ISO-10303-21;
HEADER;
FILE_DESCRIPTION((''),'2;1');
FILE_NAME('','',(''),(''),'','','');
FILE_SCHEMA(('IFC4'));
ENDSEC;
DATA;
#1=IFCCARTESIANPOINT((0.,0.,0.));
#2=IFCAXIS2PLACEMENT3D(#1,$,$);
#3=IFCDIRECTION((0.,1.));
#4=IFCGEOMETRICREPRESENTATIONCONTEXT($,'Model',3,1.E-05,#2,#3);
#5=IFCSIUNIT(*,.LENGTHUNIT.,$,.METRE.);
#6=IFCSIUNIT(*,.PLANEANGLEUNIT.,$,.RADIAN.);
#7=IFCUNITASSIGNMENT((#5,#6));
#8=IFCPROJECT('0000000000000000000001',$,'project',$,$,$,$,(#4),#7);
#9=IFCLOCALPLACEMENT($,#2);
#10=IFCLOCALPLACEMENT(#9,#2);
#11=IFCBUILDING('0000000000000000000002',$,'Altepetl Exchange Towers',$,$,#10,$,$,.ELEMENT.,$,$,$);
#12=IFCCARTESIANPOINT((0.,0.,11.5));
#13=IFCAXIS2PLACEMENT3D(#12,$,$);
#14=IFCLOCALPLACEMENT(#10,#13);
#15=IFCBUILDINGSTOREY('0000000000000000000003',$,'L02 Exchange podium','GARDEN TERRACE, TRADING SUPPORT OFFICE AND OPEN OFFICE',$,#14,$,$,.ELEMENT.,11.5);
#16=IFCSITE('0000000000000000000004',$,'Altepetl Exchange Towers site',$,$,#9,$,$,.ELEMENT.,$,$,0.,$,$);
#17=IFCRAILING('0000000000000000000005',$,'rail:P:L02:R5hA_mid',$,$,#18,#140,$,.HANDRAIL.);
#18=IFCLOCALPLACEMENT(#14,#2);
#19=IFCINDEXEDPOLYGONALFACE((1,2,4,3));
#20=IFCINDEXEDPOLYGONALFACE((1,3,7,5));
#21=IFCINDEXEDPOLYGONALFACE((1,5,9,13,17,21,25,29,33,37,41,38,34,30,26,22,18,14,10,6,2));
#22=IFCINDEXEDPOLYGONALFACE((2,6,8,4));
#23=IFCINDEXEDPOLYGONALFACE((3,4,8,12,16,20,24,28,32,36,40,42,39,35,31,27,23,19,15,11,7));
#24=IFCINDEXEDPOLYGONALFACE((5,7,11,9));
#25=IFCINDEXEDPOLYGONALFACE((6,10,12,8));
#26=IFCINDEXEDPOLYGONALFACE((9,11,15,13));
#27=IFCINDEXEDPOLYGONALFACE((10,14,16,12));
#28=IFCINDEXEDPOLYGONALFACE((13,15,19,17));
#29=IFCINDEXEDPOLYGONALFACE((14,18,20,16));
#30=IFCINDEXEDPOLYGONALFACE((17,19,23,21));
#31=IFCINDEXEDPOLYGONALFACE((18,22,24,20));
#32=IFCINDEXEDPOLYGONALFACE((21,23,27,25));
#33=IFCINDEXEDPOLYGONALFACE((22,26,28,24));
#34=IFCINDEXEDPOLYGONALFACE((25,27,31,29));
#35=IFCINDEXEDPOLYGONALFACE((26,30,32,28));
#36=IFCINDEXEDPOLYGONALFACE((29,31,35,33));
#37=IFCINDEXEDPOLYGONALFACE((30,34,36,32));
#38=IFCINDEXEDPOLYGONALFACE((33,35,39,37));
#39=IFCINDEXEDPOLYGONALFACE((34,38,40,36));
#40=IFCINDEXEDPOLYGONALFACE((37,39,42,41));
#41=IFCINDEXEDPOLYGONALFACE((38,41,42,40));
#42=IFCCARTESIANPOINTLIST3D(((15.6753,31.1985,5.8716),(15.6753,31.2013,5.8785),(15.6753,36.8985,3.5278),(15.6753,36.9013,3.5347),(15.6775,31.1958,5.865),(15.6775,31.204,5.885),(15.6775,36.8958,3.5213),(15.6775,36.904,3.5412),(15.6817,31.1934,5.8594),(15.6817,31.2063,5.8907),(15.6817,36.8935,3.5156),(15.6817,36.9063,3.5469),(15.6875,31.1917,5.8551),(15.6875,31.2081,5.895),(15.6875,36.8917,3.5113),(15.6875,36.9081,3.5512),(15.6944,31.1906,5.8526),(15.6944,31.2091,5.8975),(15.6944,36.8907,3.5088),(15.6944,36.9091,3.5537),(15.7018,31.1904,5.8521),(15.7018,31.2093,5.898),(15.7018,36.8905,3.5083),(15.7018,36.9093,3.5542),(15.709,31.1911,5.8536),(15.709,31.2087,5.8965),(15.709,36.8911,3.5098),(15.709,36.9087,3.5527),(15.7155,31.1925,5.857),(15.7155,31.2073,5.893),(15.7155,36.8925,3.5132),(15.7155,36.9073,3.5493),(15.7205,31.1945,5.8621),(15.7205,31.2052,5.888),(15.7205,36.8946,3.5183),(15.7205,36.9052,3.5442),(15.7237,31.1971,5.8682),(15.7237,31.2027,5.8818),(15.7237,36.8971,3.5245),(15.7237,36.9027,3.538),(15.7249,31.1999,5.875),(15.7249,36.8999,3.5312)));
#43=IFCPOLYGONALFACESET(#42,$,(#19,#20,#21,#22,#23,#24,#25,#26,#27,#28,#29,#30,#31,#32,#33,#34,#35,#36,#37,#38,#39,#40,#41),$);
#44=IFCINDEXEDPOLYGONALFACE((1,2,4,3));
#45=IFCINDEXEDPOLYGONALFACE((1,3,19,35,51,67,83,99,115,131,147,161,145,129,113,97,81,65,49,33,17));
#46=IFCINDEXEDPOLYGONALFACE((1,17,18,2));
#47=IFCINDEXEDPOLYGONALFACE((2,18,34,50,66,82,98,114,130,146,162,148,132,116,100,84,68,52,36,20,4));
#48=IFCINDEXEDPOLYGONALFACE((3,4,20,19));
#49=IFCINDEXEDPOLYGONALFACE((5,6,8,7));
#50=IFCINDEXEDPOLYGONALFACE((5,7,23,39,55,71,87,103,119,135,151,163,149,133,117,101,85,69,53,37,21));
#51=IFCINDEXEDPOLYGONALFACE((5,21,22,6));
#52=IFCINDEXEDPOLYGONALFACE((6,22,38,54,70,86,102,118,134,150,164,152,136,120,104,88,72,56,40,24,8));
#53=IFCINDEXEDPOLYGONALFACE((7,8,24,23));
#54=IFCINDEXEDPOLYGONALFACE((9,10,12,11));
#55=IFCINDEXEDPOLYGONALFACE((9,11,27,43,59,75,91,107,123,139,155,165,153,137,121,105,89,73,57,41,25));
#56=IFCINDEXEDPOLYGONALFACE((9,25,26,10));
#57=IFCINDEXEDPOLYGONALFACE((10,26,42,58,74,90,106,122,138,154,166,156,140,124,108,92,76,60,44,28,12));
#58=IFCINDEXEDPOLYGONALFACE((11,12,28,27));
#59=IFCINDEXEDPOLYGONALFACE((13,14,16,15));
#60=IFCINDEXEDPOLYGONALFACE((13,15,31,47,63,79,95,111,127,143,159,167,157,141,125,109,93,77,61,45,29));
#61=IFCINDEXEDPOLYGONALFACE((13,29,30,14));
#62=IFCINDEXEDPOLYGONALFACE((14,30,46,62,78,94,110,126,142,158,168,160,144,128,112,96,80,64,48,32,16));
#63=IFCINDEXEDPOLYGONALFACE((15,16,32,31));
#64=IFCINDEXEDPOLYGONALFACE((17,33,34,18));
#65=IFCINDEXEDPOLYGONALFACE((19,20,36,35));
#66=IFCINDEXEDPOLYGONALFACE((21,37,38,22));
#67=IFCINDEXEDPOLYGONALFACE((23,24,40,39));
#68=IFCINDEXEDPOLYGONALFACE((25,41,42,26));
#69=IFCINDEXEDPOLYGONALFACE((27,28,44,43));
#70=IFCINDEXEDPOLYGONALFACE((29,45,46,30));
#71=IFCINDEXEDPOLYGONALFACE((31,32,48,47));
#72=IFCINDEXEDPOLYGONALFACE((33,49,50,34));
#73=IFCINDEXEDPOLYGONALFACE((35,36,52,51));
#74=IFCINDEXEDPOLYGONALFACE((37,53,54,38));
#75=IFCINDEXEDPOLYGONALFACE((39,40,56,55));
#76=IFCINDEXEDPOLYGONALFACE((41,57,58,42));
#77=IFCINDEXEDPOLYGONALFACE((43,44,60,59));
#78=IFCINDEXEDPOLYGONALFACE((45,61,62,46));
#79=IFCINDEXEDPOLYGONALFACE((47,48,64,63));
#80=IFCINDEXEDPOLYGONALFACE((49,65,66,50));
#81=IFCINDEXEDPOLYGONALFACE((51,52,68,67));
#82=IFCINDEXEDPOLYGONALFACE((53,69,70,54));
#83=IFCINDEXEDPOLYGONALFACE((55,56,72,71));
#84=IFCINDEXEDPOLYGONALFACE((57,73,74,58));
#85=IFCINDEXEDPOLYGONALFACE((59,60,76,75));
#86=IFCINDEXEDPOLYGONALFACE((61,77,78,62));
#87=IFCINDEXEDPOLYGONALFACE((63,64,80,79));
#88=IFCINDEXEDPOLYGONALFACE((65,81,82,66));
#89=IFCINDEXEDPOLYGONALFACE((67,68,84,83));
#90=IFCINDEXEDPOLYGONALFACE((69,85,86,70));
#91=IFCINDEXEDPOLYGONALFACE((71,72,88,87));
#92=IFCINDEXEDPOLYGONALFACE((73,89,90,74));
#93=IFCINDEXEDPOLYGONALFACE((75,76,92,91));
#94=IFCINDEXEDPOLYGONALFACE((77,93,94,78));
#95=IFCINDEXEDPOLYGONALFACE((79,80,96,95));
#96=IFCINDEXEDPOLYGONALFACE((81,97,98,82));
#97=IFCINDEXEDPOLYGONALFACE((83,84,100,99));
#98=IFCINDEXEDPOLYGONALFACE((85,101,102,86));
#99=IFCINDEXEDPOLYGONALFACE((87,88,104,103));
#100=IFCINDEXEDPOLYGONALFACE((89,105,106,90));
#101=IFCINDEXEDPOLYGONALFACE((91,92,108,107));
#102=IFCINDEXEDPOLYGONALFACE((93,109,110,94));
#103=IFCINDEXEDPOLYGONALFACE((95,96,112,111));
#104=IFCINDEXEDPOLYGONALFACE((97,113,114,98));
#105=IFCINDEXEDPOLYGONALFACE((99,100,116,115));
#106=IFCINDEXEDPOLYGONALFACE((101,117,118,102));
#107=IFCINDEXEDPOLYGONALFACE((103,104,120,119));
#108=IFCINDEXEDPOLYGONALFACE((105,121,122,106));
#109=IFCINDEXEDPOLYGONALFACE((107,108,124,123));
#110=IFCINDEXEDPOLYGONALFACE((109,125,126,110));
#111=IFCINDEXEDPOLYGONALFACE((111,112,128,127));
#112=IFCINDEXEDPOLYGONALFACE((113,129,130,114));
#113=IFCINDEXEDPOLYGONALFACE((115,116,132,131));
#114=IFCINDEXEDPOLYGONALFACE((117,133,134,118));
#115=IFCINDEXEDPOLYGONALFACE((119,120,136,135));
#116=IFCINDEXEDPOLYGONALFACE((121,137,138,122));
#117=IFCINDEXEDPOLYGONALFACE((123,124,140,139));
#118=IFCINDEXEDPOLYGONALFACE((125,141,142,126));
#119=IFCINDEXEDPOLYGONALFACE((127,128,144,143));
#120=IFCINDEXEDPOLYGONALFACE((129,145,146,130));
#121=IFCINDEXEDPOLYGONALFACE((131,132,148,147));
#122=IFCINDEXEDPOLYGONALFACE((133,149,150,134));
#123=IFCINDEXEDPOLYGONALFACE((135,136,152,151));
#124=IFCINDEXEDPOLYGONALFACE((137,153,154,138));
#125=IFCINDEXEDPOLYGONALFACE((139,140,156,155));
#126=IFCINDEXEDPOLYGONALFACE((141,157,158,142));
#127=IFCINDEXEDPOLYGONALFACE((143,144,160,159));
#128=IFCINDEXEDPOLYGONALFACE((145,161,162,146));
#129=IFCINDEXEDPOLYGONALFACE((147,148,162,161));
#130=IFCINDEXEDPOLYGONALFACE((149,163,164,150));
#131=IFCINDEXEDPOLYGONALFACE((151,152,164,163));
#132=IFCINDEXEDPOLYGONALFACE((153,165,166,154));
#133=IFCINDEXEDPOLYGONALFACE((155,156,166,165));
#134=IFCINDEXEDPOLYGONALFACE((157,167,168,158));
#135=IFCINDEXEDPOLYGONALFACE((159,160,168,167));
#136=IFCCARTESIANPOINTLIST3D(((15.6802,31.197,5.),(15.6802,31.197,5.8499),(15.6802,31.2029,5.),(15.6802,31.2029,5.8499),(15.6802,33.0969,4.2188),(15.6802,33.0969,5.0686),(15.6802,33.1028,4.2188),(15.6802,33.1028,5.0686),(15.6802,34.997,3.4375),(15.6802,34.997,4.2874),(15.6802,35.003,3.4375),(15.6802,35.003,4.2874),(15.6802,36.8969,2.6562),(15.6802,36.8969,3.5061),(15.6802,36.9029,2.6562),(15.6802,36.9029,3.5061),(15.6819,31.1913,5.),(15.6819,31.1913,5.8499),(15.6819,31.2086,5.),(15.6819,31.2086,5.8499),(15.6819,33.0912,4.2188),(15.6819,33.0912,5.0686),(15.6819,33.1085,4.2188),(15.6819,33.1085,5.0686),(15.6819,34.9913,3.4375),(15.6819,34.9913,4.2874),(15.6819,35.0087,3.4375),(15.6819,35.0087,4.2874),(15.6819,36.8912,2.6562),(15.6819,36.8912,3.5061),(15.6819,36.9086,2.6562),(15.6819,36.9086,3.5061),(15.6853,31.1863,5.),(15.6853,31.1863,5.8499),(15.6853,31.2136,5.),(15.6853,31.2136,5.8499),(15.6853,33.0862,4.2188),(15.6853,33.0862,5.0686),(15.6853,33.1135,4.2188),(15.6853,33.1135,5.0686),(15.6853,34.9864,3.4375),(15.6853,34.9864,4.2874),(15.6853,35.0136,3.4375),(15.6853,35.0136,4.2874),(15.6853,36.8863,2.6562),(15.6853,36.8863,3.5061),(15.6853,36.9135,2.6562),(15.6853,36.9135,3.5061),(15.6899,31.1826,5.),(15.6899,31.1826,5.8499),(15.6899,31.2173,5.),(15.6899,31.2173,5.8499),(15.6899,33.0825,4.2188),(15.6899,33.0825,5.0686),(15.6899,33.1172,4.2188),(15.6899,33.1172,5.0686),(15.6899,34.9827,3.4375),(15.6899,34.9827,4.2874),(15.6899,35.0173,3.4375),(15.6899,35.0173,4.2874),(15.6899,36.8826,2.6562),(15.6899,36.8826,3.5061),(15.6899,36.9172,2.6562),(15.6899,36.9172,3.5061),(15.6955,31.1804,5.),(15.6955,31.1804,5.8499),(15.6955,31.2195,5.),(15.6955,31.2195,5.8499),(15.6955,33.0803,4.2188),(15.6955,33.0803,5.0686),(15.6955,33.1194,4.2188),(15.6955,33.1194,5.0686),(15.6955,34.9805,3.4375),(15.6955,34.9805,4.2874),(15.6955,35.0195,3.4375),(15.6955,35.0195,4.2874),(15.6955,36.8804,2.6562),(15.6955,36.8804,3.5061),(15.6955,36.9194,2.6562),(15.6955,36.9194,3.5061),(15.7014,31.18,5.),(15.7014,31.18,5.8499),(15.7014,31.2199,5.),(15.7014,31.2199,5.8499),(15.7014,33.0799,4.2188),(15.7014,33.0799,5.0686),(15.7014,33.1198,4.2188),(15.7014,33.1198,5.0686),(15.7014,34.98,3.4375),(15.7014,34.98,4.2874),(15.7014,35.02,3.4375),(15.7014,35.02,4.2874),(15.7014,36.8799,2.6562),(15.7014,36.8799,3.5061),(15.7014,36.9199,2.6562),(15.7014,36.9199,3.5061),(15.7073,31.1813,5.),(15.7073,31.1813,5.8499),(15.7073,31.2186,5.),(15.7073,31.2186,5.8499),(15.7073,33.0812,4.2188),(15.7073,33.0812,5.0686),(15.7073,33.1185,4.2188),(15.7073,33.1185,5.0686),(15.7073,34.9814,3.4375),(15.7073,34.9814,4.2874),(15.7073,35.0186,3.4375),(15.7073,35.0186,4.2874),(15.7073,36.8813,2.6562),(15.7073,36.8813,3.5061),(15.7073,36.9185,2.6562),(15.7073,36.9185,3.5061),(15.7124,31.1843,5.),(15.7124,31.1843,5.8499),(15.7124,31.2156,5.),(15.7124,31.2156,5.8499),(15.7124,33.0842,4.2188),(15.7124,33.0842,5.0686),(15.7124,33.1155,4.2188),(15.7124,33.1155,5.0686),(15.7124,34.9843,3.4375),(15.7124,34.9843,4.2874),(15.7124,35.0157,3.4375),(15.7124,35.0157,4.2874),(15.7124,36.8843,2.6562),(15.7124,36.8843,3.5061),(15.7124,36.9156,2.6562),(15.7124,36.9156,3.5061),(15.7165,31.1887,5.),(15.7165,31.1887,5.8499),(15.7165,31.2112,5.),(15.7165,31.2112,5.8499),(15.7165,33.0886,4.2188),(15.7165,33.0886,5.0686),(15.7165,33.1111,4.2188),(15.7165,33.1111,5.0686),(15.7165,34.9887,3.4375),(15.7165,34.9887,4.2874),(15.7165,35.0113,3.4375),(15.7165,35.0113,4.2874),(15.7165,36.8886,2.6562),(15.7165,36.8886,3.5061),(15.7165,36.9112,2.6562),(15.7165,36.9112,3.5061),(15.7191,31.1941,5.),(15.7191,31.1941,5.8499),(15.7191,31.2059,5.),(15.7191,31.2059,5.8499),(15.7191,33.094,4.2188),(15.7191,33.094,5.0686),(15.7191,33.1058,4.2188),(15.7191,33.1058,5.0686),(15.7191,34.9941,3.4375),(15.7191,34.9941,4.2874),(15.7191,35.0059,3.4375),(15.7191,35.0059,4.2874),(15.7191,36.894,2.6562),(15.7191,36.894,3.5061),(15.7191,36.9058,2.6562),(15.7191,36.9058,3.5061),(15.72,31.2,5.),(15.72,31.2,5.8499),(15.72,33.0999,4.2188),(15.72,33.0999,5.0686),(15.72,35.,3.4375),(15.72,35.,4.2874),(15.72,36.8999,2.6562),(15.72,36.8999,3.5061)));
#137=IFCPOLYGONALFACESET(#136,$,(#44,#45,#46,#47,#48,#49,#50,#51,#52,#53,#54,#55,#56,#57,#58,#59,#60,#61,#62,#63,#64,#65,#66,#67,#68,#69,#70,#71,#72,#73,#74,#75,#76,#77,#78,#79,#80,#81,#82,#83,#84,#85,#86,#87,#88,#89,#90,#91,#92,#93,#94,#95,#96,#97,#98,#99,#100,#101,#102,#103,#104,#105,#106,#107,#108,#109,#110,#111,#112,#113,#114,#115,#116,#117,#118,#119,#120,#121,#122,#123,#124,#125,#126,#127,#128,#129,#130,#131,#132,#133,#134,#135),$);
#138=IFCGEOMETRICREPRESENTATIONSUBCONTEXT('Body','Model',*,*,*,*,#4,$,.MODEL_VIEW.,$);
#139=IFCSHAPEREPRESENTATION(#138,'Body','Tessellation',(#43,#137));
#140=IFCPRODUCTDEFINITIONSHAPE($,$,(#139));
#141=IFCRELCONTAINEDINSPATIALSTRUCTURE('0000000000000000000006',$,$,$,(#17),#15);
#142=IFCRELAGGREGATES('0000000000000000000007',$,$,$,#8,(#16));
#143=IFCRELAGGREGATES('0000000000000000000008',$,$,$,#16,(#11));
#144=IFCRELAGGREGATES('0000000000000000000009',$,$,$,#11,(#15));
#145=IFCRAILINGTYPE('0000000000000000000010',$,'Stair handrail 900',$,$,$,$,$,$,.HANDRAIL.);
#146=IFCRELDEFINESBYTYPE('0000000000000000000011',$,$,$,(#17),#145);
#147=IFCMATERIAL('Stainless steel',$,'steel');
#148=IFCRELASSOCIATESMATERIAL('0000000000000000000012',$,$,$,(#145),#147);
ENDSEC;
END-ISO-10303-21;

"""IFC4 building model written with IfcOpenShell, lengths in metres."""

from ifc_helpers import new_model, si_unit, direction, frame, origin, origin_2d, place, context, subcontext, project, spatial, circle, extrude, source, transform, mapped, material, type_object, element, save


model = new_model("IFC4")

# Units and contexts
model_context = context("Model", 3, precision=1e-05, world=origin(), true_north=direction((0.0, 1.0)))
body_context = subcontext(model_context, "Body", "Model", "MODEL_VIEW")
ifc_project = project(units=[si_unit("LENGTHUNIT", "METRE"), si_unit("PLANEANGLEUNIT", "RADIAN")], contexts=[model_context])

# Site, building, storey
site_placement = place(None, origin())
site = spatial("IfcSite", under=ifc_project, at=site_placement, Name="Altepetl Exchange Towers site", CompositionType="ELEMENT", RefElevation=0.0)
building_placement = place(site_placement, origin())
building = spatial("IfcBuilding", under=site, at=building_placement, Name="Altepetl Exchange Towers", CompositionType="ELEMENT")
storey_placement = place(building_placement, frame((0.0, 0.0, 11.5)))
storey = spatial("IfcBuildingStorey", under=building, at=storey_placement, Name="L02 Exchange podium", Description="GARDEN TERRACE, TRADING SUPPORT OFFICE AND OPEN OFFICE", CompositionType="ELEMENT", Elevation=11.5)

# Railing
ifc_material_1 = material(Name="Stainless steel", Category="steel")
railing_type_1 = type_object("IfcRailingType", Name="Stair handrail 900", PredefinedType="HANDRAIL", material=ifc_material_1)
shared_shape_1 = source(origin(), body_context, "Body", "SweptSolid", [
    extrude(circle(Radius=0.02, at=origin_2d()), origin(), (0.0, 0.0, 1.0), 0.8499),
])
for number, where, name in (
    (1, (15.7, 36.8999, 2.6562), "rail:P:L02:R5hA_mid"),
):
    element("IfcRailing", number, at=place(storey_placement, frame(where)), inside=storey, type_object=railing_type_1, Name=name, PredefinedType="HANDRAIL", context=body_context, shape_type="SweptSolid", body=[
        extrude(circle(Radius=0.0249, at=origin_2d()), frame((0.0, 0.0, 0.875), z_axis=(0.0, -0.924866, 0.380293), x_axis=(1.0, 0.0, 0.0)), (0.0, 0.0, 1.0), 6.1631),
        mapped(shared_shape_1, transform((0.0, 0.0, 0.0))),
        mapped(shared_shape_1, transform((0.0, -1.8999, 0.7812))),
        mapped(shared_shape_1, transform((0.0, -3.8, 1.5625))),
        mapped(shared_shape_1, transform((0.0, -5.7, 2.3438))),
    ])

save(model, "model.ifc")
